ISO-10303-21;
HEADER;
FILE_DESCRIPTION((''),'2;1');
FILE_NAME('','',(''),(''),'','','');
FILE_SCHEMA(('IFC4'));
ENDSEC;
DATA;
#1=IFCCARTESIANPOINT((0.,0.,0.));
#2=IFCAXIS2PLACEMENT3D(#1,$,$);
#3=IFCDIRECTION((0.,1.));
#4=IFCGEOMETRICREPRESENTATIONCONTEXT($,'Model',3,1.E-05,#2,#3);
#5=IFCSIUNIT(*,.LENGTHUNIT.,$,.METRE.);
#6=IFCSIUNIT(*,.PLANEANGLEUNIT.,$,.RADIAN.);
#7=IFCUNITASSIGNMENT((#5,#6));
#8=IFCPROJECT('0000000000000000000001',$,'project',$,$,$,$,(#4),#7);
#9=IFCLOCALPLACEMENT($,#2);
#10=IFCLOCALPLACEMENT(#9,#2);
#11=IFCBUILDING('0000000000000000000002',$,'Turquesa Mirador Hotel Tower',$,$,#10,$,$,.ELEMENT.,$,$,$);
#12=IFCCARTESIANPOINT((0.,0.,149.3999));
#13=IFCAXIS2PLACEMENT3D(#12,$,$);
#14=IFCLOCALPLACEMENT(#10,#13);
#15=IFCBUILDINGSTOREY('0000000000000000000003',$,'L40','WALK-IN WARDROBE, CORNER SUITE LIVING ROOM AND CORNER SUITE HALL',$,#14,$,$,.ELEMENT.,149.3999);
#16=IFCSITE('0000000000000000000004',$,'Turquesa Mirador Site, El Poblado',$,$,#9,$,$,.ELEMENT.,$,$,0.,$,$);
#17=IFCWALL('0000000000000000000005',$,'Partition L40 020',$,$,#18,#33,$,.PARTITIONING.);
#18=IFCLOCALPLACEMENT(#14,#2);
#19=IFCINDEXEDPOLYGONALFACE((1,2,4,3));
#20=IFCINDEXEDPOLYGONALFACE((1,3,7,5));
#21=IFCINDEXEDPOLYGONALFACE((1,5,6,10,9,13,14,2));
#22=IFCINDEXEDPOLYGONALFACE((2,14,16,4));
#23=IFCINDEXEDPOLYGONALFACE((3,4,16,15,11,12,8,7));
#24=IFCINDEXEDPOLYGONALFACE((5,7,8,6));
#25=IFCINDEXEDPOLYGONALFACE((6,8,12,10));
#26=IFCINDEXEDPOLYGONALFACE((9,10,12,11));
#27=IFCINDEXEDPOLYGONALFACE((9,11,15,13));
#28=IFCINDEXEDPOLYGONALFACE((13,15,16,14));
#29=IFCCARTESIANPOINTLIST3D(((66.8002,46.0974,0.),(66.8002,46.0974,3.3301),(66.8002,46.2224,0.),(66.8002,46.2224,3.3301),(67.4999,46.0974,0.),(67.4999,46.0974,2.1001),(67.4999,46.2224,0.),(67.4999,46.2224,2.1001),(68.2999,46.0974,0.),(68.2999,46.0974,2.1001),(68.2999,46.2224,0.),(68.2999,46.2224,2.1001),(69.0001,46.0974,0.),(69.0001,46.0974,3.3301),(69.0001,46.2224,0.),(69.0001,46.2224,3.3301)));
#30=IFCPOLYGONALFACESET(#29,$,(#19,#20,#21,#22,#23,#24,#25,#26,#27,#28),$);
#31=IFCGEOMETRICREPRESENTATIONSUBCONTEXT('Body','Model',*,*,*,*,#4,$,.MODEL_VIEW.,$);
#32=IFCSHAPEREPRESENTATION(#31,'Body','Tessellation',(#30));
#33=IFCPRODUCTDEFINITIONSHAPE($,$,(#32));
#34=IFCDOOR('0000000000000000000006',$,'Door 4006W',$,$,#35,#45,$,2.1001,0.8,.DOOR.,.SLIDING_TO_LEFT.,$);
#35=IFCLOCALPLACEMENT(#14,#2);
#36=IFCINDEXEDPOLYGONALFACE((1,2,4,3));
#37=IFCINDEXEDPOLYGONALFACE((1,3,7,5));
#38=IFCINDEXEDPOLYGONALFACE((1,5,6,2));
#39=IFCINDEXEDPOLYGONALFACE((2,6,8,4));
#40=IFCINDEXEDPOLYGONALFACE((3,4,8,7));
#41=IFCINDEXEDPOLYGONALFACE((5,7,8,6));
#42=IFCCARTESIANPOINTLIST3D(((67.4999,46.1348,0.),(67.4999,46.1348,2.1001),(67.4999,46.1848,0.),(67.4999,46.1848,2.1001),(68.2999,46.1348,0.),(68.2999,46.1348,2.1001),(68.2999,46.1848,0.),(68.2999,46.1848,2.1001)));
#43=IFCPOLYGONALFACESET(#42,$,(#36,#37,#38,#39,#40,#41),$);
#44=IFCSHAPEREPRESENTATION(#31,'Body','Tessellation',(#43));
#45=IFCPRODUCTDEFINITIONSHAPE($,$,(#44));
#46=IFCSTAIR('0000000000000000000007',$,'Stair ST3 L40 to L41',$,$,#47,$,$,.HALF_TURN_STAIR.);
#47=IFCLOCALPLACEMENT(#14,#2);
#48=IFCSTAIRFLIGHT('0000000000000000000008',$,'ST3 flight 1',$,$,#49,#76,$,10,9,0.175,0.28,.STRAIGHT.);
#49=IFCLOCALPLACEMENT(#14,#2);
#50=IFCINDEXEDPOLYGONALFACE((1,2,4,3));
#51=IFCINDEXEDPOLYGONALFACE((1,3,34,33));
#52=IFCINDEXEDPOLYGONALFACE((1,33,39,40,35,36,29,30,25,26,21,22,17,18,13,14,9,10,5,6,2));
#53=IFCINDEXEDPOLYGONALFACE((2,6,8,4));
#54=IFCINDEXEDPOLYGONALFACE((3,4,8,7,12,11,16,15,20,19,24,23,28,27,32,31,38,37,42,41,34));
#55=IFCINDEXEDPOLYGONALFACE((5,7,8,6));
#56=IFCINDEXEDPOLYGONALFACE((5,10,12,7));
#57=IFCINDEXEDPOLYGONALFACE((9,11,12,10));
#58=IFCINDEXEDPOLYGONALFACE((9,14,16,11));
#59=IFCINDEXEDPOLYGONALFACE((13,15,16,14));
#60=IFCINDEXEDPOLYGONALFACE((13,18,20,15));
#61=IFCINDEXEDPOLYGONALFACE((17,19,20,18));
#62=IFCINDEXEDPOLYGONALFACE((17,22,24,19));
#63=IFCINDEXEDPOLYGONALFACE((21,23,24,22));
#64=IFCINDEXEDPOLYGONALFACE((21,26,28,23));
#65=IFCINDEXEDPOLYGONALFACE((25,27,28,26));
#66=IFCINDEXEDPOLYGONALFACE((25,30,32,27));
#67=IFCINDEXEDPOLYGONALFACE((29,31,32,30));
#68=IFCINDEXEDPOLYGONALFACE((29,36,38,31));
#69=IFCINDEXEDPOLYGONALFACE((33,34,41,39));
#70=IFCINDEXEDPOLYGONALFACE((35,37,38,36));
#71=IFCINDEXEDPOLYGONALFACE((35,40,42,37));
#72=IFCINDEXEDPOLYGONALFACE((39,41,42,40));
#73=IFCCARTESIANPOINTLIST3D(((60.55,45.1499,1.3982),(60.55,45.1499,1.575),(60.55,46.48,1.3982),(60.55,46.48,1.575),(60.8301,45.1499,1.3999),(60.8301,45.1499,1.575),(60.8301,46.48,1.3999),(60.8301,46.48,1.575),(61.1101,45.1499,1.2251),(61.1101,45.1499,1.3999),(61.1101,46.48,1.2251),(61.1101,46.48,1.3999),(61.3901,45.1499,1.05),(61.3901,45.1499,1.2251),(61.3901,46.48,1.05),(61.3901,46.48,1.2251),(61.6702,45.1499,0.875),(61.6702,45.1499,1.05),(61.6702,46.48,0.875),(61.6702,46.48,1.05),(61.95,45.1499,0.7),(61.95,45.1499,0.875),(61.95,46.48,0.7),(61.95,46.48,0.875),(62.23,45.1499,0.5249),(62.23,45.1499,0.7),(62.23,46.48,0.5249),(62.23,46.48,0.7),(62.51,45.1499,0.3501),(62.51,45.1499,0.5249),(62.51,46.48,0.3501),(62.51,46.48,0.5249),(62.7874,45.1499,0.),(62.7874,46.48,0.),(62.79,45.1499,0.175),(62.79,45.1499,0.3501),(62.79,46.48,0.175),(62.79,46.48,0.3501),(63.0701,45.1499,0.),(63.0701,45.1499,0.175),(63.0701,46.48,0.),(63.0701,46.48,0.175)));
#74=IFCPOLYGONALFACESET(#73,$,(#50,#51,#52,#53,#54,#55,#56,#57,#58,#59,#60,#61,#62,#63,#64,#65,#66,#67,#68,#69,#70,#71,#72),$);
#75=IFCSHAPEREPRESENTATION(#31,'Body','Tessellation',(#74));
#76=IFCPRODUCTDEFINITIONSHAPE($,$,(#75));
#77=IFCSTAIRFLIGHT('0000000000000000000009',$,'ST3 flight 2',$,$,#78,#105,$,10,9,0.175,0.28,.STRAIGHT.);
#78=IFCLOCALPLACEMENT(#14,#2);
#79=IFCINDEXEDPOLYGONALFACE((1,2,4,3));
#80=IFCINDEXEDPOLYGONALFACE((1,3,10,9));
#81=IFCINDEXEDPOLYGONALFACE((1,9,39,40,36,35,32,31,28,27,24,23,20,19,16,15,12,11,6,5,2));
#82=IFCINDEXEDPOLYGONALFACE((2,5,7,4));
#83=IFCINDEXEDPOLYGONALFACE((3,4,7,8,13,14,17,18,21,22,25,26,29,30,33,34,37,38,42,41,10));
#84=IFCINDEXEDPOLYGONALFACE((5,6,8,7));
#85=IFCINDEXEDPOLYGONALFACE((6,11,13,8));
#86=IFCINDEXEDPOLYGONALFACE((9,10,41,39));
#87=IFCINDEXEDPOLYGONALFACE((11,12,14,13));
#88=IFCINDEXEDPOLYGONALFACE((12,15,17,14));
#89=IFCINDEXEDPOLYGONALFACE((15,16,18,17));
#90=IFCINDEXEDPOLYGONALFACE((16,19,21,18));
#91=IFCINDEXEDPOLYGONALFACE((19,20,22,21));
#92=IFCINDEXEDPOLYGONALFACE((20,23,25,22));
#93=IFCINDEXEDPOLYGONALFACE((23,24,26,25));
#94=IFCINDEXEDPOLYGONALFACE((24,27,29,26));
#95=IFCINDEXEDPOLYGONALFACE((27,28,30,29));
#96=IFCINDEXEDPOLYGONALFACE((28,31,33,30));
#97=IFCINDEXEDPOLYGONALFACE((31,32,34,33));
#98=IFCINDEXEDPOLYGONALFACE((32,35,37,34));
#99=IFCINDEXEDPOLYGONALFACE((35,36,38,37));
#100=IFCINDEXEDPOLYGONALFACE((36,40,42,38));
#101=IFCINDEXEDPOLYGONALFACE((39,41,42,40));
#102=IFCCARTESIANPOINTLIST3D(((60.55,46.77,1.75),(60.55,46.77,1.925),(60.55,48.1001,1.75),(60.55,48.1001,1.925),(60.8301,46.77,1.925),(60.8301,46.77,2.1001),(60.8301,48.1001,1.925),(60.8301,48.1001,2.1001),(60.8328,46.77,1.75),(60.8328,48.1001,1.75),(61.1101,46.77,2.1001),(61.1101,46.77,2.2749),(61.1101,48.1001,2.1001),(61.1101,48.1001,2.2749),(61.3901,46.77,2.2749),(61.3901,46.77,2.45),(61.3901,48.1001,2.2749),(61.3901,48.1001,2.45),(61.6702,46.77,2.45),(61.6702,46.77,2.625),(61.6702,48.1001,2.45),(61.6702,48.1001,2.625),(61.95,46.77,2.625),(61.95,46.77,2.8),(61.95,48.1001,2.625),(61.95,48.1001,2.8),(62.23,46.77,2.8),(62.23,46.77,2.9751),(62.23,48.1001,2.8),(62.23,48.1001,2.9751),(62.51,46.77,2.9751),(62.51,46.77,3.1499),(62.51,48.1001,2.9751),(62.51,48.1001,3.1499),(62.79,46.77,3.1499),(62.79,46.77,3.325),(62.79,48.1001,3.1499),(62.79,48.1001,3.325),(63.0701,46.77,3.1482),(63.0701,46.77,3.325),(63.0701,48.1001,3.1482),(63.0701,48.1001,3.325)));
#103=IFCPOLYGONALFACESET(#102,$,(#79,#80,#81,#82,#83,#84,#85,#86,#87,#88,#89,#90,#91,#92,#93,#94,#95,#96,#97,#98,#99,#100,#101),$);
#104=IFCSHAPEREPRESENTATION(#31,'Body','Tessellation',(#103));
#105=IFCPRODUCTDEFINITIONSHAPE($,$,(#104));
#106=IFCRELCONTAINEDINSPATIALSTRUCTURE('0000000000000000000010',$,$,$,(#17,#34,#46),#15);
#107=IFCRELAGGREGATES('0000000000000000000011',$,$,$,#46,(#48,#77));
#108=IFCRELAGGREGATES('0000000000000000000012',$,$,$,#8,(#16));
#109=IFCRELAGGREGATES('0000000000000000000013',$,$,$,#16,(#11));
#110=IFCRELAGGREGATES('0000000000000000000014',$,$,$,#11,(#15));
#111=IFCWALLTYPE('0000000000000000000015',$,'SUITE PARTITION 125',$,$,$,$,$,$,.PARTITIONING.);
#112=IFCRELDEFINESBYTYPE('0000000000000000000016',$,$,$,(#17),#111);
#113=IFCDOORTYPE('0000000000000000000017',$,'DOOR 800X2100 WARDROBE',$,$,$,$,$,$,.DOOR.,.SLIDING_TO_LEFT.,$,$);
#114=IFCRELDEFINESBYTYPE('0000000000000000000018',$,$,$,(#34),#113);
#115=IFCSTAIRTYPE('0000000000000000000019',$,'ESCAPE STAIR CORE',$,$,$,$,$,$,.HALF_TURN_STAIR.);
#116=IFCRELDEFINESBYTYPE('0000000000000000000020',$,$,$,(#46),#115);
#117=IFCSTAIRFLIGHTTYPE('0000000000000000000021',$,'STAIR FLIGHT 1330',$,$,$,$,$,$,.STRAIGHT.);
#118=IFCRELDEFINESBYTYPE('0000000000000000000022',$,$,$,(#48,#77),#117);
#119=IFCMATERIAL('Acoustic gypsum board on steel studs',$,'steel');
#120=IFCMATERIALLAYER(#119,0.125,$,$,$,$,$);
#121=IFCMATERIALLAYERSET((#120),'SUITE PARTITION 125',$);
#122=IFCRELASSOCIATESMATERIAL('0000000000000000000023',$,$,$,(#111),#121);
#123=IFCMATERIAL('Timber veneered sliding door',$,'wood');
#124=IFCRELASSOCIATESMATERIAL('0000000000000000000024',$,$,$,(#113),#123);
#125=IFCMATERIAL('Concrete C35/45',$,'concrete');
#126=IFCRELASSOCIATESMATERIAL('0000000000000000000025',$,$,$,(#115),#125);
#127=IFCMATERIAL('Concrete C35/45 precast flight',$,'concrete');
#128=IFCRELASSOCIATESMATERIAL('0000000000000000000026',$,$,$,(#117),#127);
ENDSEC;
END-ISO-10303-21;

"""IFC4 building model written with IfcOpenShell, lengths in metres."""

from ifc_helpers import new_model, si_unit, direction, frame, frame_2d, origin, place, context, subcontext, project, spatial, polyline, rectangle, outline, extrude, material, layer, layer_set, type_object, element, fill, aggregate, save


model = new_model("IFC4")

# Units and contexts
model_context = context("Model", 3, precision=1e-05, world=origin(), true_north=direction((0.0, 1.0)))
body_context = subcontext(model_context, "Body", "Model", "MODEL_VIEW")
ifc_project = project(units=[si_unit("LENGTHUNIT", "METRE"), si_unit("PLANEANGLEUNIT", "RADIAN")], contexts=[model_context])

# Site, building, storey
site_placement = place(None, origin())
site = spatial("IfcSite", under=ifc_project, at=site_placement, Name="Turquesa Mirador Site, El Poblado", CompositionType="ELEMENT", RefElevation=0.0)
building_placement = place(site_placement, origin())
building = spatial("IfcBuilding", under=site, at=building_placement, Name="Turquesa Mirador Hotel Tower", CompositionType="ELEMENT")
storey_placement = place(building_placement, frame((0.0, 0.0, 149.3999)))
storey = spatial("IfcBuildingStorey", under=building, at=storey_placement, Name="L40", Description="WALK-IN WARDROBE, CORNER SUITE LIVING ROOM AND CORNER SUITE HALL", CompositionType="ELEMENT", Elevation=149.3999)

# Wall, opening, door
ifc_material_1 = material(Name="Acoustic gypsum board on steel studs", Category="steel")
ifc_layer_1 = layer(ifc_material_1, 0.125)
ifc_layer_set_1 = layer_set([ifc_layer_1], Name="SUITE PARTITION 125")
wall_type_1 = type_object("IfcWallType", Name="SUITE PARTITION 125", PredefinedType="PARTITIONING", material=ifc_layer_set_1)
wall_1_placement = place(storey_placement, frame((66.8, 46.1599, 0.0), z_axis=(0.0, 0.0, 1.0), x_axis=(1.0, 0.0, 0.0)))
wall_1 = element("IfcWall", 1, at=wall_1_placement, inside=storey, type_object=wall_type_1, Name="Partition L40 020", PredefinedType="PARTITIONING", context=body_context, shape_type="SweptSolid", body=[
    extrude(rectangle(XDim=2.2, YDim=0.125, at=frame_2d((1.1001, 0.0))), origin(), (0.0, 0.0, 1.0), 3.3301),
])
opening_1_placement = place(wall_1_placement, frame((0.7, 0.0, 0.0)))
opening_1 = element("IfcOpeningElement", 2, at=opening_1_placement, cuts=wall_1, PredefinedType="OPENING", context=body_context, shape_type="SweptSolid", body=[
    extrude(rectangle(XDim=0.8, YDim=2.1001, at=frame_2d((0.3999, 1.05))), frame((0.0, 0.0725, 0.0), z_axis=(0.0, -1.0, 0.0), x_axis=(1.0, 0.0, 0.0)), (0.0, 0.0, 1.0), 0.145),
])
ifc_material_2 = material(Name="Timber veneered sliding door", Category="wood")
door_type_1 = type_object("IfcDoorType", Name="DOOR 800X2100 WARDROBE", OperationType="SLIDING_TO_LEFT", PredefinedType="DOOR", material=ifc_material_2)
door_1_placement = place(opening_1_placement, origin())
door_1 = element("IfcDoor", 3, at=door_1_placement, inside=storey, type_object=door_type_1, Name="Door 4006W", OperationType="SLIDING_TO_LEFT", OverallHeight=2.1001, OverallWidth=0.8, PredefinedType="DOOR", context=body_context, shape_type="SweptSolid", body=[
    extrude(rectangle(XDim=0.8, YDim=2.1001, at=frame_2d((0.3999, 1.05))), frame((0.0, 0.0249, 0.0), z_axis=(0.0, -1.0, 0.0), x_axis=(1.0, 0.0, 0.0)), (0.0, 0.0, 1.0), 0.05),
])
fill(opening_1, door_1)

# Stair, stair flights
ifc_material_3 = material(Name="Concrete C35/45", Category="concrete")
stair_type = type_object("IfcStairType", Name="ESCAPE STAIR CORE", PredefinedType="HALF_TURN_STAIR", material=ifc_material_3)
stair_placement = place(storey_placement, origin())
stair = element("IfcStair", 4, at=stair_placement, inside=storey, type_object=stair_type, Name="Stair ST3 L40 to L41", PredefinedType="HALF_TURN_STAIR")
ifc_material_4 = material(Name="Concrete C35/45 precast flight", Category="concrete")
stair_flight_type = type_object("IfcStairFlightType", Name="STAIR FLIGHT 1330", PredefinedType="STRAIGHT", material=ifc_material_4)
stair_flight_1_placement = place(storey_placement, frame((63.0701, 45.8149, 0.0), z_axis=(0.0, 0.0, 1.0), x_axis=(-1.0, 0.0, 0.0)))
stair_flight_1 = element("IfcStairFlight", 5, at=stair_flight_1_placement, type_object=stair_flight_type, Name="ST3 flight 1", NumberOfRisers=10, NumberOfTreads=9, PredefinedType="STRAIGHT", RiserHeight=0.175, TreadLength=0.28, context=body_context, shape_type="SweptSolid", body=[
    extrude(outline(polyline([(0.0, 0.0), (0.0, 0.175), (0.28, 0.175), (0.28, 0.3501), (0.5601, 0.3501), (0.5601, 0.5249), (0.8401, 0.5249), (0.8401, 0.7), (1.1201, 0.7), (1.1201, 0.875), (1.3999, 0.875), (1.3999, 1.05), (1.6799, 1.05), (1.6799, 1.2251), (1.96, 1.2251), (1.96, 1.3999), (2.24, 1.3999), (2.24, 1.575), (2.52, 1.575), (2.52, 1.75), (2.52, 1.3982), (0.2827, 0.0), (0.0, 0.0)])), frame((0.0, 0.665, 0.0), z_axis=(0.0, -1.0, 0.0), x_axis=(1.0, 0.0, 0.0)), (0.0, 0.0, 1.0), 1.3301),
])
stair_flight_2_placement = place(storey_placement, frame((60.55, 47.4351, 1.75), z_axis=(0.0, 0.0, 1.0), x_axis=(1.0, 0.0, 0.0)))
stair_flight_2 = element("IfcStairFlight", 6, at=stair_flight_2_placement, type_object=stair_flight_type, Name="ST3 flight 2", NumberOfRisers=10, NumberOfTreads=9, PredefinedType="STRAIGHT", RiserHeight=0.175, TreadLength=0.28, context=body_context, shape_type="SweptSolid", body=[
    extrude(outline(polyline([(0.0, 0.0), (0.0, 0.175), (0.28, 0.175), (0.28, 0.3501), (0.5601, 0.3501), (0.5601, 0.5249), (0.8401, 0.5249), (0.8401, 0.7), (1.1201, 0.7), (1.1201, 0.875), (1.3999, 0.875), (1.3999, 1.05), (1.6799, 1.05), (1.6799, 1.2251), (1.96, 1.2251), (1.96, 1.3999), (2.24, 1.3999), (2.24, 1.575), (2.52, 1.575), (2.52, 1.75), (2.52, 1.3982), (0.2827, 0.0), (0.0, 0.0)])), frame((0.0, 0.665, 0.0), z_axis=(0.0, -1.0, 0.0), x_axis=(1.0, 0.0, 0.0)), (0.0, 0.0, 1.0), 1.3301),
])
aggregate(stair, [stair_flight_1, stair_flight_2])

save(model, "model.ifc")
